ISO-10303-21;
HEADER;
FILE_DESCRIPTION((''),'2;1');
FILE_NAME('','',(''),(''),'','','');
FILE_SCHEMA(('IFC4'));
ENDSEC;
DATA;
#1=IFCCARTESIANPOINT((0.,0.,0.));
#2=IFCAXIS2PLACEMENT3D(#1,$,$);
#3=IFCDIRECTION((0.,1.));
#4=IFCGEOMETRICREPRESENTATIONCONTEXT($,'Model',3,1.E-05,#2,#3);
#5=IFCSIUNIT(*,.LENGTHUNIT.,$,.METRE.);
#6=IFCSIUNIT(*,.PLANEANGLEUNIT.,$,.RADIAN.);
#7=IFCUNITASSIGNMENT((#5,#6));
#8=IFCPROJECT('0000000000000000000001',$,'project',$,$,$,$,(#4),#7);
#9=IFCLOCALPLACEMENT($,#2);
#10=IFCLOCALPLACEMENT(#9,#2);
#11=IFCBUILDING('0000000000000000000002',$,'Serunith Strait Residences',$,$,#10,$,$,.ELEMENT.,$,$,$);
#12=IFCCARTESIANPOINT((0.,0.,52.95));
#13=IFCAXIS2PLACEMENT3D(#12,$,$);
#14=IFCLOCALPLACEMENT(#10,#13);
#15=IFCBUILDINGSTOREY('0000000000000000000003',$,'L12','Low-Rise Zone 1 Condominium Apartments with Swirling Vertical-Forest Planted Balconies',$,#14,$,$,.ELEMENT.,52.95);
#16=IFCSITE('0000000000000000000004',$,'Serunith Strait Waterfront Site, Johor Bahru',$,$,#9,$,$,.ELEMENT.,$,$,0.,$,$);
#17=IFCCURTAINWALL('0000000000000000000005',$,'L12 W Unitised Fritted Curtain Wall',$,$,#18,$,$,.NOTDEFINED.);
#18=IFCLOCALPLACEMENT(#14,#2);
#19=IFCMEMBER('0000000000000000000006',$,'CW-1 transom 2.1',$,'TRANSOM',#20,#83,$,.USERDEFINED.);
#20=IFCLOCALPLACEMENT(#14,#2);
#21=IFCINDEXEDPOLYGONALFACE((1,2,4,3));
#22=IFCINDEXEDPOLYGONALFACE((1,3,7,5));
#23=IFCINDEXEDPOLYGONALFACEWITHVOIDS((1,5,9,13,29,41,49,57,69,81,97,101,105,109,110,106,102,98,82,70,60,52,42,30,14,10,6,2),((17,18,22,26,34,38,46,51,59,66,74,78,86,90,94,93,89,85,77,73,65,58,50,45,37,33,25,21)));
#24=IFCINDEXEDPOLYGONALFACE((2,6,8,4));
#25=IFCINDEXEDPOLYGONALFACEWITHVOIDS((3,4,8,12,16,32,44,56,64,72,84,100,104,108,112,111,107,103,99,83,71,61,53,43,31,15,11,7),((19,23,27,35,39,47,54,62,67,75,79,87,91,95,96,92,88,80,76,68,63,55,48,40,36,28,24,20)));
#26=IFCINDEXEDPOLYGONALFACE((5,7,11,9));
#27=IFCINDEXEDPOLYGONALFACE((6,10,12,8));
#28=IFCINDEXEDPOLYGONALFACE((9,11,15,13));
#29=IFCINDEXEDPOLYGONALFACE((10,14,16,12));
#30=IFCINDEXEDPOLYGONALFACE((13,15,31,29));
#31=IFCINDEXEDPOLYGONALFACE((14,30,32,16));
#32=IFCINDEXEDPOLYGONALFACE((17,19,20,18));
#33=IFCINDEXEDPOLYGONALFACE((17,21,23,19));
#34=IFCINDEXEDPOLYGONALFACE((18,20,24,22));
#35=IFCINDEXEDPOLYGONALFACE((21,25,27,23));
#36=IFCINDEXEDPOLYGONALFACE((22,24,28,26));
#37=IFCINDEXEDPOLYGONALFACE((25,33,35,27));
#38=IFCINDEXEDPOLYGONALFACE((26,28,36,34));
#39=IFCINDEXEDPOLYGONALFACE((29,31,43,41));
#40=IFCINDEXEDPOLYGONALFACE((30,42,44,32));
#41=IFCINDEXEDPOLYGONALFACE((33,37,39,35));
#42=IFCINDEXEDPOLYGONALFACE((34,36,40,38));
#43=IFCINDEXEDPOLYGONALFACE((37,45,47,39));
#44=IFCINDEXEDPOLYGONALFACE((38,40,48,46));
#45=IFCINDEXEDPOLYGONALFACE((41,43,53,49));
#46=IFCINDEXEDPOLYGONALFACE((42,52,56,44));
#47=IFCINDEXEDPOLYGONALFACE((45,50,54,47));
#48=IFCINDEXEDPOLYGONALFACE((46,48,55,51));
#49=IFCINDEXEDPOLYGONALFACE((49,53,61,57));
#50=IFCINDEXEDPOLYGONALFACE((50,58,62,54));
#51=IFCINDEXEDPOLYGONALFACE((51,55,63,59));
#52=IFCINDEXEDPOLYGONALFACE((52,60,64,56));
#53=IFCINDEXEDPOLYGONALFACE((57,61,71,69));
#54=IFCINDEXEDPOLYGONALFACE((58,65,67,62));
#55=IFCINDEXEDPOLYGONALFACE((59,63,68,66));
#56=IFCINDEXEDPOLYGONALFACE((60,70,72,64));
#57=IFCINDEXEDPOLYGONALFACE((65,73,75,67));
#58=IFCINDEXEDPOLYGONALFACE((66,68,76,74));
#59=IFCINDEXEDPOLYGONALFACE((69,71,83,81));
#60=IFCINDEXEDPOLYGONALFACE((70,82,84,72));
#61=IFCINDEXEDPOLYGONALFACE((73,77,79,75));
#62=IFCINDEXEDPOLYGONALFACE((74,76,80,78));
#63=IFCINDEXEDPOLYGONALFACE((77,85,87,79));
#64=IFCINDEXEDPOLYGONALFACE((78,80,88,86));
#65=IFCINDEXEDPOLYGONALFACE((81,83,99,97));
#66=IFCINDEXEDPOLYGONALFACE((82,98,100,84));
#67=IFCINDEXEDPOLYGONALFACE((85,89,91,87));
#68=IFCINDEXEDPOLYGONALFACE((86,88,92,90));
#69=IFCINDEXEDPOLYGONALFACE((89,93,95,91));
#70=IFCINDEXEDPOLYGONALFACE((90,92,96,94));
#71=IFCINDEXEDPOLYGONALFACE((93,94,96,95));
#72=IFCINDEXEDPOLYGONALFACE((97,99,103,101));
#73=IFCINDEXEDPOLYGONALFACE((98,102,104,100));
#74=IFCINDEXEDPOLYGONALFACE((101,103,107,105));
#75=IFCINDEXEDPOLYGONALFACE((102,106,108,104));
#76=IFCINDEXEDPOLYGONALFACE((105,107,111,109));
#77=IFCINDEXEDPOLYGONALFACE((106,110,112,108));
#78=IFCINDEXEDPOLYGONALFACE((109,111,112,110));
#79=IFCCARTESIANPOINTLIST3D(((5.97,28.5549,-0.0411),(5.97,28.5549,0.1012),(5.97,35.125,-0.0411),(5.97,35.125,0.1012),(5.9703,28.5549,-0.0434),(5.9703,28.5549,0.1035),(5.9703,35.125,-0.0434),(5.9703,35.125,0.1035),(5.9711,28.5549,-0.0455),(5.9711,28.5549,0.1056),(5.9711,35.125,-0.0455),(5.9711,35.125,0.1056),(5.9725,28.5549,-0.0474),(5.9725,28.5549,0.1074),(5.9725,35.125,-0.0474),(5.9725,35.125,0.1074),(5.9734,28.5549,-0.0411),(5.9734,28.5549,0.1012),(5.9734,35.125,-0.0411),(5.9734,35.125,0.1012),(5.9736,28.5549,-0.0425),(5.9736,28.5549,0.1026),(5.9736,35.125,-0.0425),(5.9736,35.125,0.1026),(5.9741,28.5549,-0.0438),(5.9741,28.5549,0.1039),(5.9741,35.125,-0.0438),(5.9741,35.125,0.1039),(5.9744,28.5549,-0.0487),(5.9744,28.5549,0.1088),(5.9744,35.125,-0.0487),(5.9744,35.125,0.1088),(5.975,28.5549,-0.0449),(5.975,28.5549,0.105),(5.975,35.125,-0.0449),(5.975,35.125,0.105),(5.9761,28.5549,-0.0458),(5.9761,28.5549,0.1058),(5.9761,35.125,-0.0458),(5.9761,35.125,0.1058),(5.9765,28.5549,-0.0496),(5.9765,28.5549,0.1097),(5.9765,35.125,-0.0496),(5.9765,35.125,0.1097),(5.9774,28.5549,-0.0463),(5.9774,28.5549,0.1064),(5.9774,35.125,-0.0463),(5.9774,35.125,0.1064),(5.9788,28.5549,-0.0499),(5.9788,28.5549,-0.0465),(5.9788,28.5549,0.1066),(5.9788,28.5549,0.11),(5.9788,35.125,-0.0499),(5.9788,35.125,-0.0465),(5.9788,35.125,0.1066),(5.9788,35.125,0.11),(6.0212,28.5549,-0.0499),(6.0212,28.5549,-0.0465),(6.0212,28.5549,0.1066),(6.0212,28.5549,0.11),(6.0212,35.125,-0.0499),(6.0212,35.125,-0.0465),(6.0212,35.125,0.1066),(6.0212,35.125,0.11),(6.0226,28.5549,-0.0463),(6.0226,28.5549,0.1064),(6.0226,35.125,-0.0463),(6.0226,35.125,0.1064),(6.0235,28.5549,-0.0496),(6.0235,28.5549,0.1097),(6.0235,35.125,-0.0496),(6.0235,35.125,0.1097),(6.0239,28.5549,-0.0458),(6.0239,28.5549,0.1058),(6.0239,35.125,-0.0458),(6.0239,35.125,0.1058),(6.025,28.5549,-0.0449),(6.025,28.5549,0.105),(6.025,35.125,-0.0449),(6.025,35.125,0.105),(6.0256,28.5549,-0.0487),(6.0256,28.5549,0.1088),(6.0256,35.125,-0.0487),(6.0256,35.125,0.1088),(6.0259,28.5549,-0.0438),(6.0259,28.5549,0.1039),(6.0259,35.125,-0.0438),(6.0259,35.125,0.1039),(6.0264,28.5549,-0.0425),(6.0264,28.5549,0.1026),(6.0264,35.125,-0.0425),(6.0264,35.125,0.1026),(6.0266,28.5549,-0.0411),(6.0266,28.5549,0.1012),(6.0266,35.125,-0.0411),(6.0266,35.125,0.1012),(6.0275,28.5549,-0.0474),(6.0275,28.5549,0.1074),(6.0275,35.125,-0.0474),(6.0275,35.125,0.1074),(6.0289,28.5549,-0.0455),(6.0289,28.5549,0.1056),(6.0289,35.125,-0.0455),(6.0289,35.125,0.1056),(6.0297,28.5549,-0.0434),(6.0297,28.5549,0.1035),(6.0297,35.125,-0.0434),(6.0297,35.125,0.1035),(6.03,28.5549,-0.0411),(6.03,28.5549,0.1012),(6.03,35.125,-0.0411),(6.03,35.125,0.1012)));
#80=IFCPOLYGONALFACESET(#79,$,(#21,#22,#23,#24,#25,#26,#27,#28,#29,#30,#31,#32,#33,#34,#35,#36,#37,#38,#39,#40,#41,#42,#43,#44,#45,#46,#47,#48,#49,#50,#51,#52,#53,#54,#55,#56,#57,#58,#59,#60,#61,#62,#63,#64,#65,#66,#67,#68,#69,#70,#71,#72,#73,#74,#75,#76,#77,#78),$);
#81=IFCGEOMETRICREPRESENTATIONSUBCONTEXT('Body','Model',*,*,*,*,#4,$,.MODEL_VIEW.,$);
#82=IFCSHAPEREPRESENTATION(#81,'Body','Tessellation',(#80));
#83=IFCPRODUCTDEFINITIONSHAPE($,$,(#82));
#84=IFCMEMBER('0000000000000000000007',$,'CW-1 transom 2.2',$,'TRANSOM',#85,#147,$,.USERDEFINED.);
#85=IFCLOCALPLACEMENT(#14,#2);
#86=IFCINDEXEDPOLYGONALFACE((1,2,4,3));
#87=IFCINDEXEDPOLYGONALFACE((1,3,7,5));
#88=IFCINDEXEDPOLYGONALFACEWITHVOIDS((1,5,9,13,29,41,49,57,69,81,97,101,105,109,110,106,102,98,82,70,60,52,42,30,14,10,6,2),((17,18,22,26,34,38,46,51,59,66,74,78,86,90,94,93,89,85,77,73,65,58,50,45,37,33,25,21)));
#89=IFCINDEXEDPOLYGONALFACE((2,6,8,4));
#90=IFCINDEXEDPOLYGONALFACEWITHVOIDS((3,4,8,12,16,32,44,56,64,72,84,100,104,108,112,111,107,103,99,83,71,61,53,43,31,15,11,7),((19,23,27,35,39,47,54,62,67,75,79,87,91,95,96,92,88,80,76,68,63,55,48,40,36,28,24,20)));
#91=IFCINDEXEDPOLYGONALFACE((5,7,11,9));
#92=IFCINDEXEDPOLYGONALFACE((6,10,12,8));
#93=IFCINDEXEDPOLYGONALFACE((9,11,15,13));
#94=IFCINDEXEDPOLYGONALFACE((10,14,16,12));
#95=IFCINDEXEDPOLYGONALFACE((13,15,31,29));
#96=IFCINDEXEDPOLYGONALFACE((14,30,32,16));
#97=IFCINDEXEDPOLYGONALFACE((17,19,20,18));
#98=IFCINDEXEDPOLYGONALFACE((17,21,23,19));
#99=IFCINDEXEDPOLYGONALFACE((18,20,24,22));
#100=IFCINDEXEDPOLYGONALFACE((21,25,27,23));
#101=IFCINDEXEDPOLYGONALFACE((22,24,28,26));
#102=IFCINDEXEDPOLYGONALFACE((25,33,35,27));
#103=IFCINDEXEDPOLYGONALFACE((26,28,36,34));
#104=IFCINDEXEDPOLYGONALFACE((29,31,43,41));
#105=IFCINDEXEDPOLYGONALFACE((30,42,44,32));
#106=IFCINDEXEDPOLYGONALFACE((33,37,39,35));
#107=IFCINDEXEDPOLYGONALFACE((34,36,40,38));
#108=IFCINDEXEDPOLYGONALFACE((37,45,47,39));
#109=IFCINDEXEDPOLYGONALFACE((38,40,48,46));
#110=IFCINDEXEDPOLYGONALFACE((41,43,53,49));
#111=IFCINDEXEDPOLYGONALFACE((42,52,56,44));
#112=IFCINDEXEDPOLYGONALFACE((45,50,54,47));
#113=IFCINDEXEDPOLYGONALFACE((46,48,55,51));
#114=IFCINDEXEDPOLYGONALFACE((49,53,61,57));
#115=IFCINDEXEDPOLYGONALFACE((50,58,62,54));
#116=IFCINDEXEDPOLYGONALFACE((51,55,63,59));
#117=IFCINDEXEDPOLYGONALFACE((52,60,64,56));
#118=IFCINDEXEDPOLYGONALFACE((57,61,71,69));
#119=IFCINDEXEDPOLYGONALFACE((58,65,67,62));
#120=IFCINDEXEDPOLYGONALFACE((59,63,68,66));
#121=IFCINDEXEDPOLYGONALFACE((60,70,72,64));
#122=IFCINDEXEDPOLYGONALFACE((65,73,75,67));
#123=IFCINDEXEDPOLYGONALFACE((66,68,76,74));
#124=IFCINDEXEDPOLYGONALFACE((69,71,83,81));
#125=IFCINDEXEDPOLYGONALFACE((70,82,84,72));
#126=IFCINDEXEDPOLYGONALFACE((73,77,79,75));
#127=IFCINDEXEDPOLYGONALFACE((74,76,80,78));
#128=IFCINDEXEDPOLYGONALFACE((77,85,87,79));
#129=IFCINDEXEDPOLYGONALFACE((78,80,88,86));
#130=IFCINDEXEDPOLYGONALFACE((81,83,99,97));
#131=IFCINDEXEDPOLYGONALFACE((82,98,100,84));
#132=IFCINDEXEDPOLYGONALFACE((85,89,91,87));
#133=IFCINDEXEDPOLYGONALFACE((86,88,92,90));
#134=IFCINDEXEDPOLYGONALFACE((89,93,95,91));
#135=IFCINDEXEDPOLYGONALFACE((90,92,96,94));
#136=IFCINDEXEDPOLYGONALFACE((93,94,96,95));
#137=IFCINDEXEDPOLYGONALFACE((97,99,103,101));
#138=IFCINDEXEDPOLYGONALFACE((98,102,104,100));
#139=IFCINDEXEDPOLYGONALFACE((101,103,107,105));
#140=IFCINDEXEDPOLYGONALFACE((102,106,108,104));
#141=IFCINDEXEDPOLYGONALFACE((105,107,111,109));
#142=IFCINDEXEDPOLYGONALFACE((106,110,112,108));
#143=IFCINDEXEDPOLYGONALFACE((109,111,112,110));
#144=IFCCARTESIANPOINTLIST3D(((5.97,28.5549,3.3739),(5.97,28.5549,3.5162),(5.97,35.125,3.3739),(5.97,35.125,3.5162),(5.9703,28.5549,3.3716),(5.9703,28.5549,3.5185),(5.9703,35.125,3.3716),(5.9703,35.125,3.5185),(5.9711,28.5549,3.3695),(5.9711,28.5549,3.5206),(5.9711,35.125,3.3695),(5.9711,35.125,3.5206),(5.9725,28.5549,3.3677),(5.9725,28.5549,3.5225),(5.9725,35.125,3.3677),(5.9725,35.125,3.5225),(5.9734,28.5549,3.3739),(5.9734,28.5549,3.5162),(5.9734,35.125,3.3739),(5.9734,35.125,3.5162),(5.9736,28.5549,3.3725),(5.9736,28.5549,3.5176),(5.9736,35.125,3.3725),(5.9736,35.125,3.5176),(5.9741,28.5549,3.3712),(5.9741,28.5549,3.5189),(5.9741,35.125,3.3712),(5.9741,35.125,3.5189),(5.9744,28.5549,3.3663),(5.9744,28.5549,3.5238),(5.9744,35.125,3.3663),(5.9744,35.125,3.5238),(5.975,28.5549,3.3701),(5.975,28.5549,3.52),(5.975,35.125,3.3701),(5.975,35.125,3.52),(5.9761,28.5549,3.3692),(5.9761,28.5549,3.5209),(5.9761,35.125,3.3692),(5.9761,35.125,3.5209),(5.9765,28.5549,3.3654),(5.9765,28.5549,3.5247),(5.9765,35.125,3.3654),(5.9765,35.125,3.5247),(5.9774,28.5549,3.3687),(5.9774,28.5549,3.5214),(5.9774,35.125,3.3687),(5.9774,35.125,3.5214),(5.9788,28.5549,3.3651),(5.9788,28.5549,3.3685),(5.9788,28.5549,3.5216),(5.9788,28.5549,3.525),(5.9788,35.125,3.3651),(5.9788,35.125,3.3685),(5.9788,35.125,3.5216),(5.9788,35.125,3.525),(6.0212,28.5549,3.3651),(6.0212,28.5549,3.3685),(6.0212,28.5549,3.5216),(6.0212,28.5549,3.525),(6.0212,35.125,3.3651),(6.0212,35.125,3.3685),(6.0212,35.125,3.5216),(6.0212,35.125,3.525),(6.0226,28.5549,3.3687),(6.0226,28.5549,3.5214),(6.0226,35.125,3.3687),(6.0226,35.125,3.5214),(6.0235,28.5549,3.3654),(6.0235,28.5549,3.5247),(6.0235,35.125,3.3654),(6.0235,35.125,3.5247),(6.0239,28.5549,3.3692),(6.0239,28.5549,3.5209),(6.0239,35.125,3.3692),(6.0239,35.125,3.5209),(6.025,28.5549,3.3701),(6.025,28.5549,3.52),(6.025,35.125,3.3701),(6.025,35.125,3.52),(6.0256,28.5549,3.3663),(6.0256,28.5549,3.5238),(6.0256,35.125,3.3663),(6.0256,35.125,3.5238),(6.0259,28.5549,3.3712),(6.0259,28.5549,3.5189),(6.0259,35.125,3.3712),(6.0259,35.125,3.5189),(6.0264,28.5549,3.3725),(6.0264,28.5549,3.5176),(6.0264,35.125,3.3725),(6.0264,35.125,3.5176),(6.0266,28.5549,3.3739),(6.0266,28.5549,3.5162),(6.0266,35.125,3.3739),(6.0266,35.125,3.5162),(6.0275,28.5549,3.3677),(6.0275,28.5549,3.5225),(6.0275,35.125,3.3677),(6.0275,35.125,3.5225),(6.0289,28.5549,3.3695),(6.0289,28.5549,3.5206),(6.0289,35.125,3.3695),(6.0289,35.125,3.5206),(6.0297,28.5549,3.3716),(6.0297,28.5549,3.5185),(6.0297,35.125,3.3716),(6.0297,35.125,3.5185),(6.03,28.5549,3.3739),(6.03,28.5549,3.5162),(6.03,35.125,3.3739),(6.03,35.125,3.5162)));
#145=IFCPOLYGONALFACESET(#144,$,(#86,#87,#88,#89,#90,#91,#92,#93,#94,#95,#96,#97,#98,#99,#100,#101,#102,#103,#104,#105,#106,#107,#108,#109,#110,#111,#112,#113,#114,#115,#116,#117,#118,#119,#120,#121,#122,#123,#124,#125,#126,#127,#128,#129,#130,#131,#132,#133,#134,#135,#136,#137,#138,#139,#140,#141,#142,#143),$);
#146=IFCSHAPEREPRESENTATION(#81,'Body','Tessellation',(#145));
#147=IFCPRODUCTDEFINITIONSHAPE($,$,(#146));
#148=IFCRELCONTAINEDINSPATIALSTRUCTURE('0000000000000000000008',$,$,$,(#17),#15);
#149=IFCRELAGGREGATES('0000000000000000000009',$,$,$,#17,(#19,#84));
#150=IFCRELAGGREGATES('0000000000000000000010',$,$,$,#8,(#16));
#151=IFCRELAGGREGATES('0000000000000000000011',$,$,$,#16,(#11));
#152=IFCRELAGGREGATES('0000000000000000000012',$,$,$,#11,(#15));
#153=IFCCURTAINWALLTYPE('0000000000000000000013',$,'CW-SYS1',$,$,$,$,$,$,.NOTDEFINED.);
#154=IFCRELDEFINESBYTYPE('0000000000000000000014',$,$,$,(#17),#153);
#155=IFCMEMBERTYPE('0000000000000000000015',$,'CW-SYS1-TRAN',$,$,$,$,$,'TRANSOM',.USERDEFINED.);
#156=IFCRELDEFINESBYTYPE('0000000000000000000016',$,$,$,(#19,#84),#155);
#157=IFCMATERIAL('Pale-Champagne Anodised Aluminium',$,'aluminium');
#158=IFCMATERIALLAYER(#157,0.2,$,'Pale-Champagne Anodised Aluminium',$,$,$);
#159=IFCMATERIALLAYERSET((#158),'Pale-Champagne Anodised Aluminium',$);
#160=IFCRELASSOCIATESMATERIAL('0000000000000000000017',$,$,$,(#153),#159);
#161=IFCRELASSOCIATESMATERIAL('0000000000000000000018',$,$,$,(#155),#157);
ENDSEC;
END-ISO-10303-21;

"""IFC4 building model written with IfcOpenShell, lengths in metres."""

from ifc_helpers import new_model, si_unit, direction, frame, origin, origin_2d, place, context, subcontext, project, spatial, hollow_rectangle, extrude, source, transform, mapped, material, layer, layer_set, material_profile, profile_set, type_object, element, aggregate, save


model = new_model("IFC4")

# Units and contexts
model_context = context("Model", 3, precision=1e-05, world=origin(), true_north=direction((0.0, 1.0)))
body_context = subcontext(model_context, "Body", "Model", "MODEL_VIEW")
ifc_project = project(units=[si_unit("LENGTHUNIT", "METRE"), si_unit("PLANEANGLEUNIT", "RADIAN")], contexts=[model_context])

# Site, building, storey
site_placement = place(None, origin())
site = spatial("IfcSite", under=ifc_project, at=site_placement, Name="Serunith Strait Waterfront Site, Johor Bahru", CompositionType="ELEMENT", RefElevation=0.0)
building_placement = place(site_placement, origin())
building = spatial("IfcBuilding", under=site, at=building_placement, Name="Serunith Strait Residences", CompositionType="ELEMENT")
storey_placement = place(building_placement, frame((0.0, 0.0, 52.95)))
storey = spatial("IfcBuildingStorey", under=building, at=storey_placement, Name="L12", Description="Low-Rise Zone 1 Condominium Apartments with Swirling Vertical-Forest Planted Balconies", CompositionType="ELEMENT", Elevation=52.95)

# Curtain wall, members
ifc_material_1 = material(Name="Pale-Champagne Anodised Aluminium", Category="aluminium")
ifc_layer_1 = layer(ifc_material_1, 0.2, Name="Pale-Champagne Anodised Aluminium")
ifc_layer_set_1 = layer_set([ifc_layer_1], Name="Pale-Champagne Anodised Aluminium")
curtain_wall_type = type_object("IfcCurtainWallType", Name="CW-SYS1", PredefinedType="NOTDEFINED", material=ifc_layer_set_1)
curtain_wall_placement = place(storey_placement, origin())
curtain_wall = element("IfcCurtainWall", 1, at=curtain_wall_placement, inside=storey, type_object=curtain_wall_type, Name="L12 W Unitised Fritted Curtain Wall", PredefinedType="NOTDEFINED")
ifc_material_profile_1 = material_profile(ifc_material_1, hollow_rectangle(XDim=0.0601, YDim=0.1599, WallThickness=0.0034, InnerFilletRadius=0.0054, OuterFilletRadius=0.0088, at=origin_2d()), Name="ALU 160x60x3.5")
ifc_profile_set_1 = profile_set([ifc_material_profile_1], Name="Pale-Champagne Anodised Aluminium")
member_type_1 = type_object("IfcMemberType", Name="CW-SYS1-TRAN", ElementType="TRANSOM", PredefinedType="USERDEFINED", material=ifc_profile_set_1)
shared_shape_1 = source(origin(), body_context, "Body", "SweptSolid", [
    extrude(hollow_rectangle(XDim=0.0601, YDim=0.1599, WallThickness=0.0034, InnerFilletRadius=0.0054, OuterFilletRadius=0.0088, at=origin_2d()), origin(), (0.0, 0.0, 1.0), 6.5701),
])
member_1_placement = place(storey_placement, frame((6.0, 35.125, 0.03), z_axis=(0.0, -1.0, 0.0), x_axis=(1.0, 0.0, 0.0)))
member_1 = element("IfcMember", 2, at=member_1_placement, type_object=member_type_1, Name="CW-1 transom 2.1", ObjectType="TRANSOM", PredefinedType="USERDEFINED", context=body_context, shape_type="MappedRepresentation", body=[
    mapped(shared_shape_1, transform((0.0, 0.0, 0.0), scale=1.0)),
])
member_2_placement = place(storey_placement, frame((6.0, 35.125, 3.4451), z_axis=(0.0, -1.0, 0.0), x_axis=(1.0, 0.0, 0.0)))
member_2 = element("IfcMember", 3, at=member_2_placement, type_object=member_type_1, Name="CW-1 transom 2.2", ObjectType="TRANSOM", PredefinedType="USERDEFINED", context=body_context, shape_type="MappedRepresentation", body=[
    mapped(shared_shape_1, transform((0.0, 0.0, 0.0), scale=1.0)),
])
aggregate(curtain_wall, [member_1, member_2])

save(model, "model.ifc")
